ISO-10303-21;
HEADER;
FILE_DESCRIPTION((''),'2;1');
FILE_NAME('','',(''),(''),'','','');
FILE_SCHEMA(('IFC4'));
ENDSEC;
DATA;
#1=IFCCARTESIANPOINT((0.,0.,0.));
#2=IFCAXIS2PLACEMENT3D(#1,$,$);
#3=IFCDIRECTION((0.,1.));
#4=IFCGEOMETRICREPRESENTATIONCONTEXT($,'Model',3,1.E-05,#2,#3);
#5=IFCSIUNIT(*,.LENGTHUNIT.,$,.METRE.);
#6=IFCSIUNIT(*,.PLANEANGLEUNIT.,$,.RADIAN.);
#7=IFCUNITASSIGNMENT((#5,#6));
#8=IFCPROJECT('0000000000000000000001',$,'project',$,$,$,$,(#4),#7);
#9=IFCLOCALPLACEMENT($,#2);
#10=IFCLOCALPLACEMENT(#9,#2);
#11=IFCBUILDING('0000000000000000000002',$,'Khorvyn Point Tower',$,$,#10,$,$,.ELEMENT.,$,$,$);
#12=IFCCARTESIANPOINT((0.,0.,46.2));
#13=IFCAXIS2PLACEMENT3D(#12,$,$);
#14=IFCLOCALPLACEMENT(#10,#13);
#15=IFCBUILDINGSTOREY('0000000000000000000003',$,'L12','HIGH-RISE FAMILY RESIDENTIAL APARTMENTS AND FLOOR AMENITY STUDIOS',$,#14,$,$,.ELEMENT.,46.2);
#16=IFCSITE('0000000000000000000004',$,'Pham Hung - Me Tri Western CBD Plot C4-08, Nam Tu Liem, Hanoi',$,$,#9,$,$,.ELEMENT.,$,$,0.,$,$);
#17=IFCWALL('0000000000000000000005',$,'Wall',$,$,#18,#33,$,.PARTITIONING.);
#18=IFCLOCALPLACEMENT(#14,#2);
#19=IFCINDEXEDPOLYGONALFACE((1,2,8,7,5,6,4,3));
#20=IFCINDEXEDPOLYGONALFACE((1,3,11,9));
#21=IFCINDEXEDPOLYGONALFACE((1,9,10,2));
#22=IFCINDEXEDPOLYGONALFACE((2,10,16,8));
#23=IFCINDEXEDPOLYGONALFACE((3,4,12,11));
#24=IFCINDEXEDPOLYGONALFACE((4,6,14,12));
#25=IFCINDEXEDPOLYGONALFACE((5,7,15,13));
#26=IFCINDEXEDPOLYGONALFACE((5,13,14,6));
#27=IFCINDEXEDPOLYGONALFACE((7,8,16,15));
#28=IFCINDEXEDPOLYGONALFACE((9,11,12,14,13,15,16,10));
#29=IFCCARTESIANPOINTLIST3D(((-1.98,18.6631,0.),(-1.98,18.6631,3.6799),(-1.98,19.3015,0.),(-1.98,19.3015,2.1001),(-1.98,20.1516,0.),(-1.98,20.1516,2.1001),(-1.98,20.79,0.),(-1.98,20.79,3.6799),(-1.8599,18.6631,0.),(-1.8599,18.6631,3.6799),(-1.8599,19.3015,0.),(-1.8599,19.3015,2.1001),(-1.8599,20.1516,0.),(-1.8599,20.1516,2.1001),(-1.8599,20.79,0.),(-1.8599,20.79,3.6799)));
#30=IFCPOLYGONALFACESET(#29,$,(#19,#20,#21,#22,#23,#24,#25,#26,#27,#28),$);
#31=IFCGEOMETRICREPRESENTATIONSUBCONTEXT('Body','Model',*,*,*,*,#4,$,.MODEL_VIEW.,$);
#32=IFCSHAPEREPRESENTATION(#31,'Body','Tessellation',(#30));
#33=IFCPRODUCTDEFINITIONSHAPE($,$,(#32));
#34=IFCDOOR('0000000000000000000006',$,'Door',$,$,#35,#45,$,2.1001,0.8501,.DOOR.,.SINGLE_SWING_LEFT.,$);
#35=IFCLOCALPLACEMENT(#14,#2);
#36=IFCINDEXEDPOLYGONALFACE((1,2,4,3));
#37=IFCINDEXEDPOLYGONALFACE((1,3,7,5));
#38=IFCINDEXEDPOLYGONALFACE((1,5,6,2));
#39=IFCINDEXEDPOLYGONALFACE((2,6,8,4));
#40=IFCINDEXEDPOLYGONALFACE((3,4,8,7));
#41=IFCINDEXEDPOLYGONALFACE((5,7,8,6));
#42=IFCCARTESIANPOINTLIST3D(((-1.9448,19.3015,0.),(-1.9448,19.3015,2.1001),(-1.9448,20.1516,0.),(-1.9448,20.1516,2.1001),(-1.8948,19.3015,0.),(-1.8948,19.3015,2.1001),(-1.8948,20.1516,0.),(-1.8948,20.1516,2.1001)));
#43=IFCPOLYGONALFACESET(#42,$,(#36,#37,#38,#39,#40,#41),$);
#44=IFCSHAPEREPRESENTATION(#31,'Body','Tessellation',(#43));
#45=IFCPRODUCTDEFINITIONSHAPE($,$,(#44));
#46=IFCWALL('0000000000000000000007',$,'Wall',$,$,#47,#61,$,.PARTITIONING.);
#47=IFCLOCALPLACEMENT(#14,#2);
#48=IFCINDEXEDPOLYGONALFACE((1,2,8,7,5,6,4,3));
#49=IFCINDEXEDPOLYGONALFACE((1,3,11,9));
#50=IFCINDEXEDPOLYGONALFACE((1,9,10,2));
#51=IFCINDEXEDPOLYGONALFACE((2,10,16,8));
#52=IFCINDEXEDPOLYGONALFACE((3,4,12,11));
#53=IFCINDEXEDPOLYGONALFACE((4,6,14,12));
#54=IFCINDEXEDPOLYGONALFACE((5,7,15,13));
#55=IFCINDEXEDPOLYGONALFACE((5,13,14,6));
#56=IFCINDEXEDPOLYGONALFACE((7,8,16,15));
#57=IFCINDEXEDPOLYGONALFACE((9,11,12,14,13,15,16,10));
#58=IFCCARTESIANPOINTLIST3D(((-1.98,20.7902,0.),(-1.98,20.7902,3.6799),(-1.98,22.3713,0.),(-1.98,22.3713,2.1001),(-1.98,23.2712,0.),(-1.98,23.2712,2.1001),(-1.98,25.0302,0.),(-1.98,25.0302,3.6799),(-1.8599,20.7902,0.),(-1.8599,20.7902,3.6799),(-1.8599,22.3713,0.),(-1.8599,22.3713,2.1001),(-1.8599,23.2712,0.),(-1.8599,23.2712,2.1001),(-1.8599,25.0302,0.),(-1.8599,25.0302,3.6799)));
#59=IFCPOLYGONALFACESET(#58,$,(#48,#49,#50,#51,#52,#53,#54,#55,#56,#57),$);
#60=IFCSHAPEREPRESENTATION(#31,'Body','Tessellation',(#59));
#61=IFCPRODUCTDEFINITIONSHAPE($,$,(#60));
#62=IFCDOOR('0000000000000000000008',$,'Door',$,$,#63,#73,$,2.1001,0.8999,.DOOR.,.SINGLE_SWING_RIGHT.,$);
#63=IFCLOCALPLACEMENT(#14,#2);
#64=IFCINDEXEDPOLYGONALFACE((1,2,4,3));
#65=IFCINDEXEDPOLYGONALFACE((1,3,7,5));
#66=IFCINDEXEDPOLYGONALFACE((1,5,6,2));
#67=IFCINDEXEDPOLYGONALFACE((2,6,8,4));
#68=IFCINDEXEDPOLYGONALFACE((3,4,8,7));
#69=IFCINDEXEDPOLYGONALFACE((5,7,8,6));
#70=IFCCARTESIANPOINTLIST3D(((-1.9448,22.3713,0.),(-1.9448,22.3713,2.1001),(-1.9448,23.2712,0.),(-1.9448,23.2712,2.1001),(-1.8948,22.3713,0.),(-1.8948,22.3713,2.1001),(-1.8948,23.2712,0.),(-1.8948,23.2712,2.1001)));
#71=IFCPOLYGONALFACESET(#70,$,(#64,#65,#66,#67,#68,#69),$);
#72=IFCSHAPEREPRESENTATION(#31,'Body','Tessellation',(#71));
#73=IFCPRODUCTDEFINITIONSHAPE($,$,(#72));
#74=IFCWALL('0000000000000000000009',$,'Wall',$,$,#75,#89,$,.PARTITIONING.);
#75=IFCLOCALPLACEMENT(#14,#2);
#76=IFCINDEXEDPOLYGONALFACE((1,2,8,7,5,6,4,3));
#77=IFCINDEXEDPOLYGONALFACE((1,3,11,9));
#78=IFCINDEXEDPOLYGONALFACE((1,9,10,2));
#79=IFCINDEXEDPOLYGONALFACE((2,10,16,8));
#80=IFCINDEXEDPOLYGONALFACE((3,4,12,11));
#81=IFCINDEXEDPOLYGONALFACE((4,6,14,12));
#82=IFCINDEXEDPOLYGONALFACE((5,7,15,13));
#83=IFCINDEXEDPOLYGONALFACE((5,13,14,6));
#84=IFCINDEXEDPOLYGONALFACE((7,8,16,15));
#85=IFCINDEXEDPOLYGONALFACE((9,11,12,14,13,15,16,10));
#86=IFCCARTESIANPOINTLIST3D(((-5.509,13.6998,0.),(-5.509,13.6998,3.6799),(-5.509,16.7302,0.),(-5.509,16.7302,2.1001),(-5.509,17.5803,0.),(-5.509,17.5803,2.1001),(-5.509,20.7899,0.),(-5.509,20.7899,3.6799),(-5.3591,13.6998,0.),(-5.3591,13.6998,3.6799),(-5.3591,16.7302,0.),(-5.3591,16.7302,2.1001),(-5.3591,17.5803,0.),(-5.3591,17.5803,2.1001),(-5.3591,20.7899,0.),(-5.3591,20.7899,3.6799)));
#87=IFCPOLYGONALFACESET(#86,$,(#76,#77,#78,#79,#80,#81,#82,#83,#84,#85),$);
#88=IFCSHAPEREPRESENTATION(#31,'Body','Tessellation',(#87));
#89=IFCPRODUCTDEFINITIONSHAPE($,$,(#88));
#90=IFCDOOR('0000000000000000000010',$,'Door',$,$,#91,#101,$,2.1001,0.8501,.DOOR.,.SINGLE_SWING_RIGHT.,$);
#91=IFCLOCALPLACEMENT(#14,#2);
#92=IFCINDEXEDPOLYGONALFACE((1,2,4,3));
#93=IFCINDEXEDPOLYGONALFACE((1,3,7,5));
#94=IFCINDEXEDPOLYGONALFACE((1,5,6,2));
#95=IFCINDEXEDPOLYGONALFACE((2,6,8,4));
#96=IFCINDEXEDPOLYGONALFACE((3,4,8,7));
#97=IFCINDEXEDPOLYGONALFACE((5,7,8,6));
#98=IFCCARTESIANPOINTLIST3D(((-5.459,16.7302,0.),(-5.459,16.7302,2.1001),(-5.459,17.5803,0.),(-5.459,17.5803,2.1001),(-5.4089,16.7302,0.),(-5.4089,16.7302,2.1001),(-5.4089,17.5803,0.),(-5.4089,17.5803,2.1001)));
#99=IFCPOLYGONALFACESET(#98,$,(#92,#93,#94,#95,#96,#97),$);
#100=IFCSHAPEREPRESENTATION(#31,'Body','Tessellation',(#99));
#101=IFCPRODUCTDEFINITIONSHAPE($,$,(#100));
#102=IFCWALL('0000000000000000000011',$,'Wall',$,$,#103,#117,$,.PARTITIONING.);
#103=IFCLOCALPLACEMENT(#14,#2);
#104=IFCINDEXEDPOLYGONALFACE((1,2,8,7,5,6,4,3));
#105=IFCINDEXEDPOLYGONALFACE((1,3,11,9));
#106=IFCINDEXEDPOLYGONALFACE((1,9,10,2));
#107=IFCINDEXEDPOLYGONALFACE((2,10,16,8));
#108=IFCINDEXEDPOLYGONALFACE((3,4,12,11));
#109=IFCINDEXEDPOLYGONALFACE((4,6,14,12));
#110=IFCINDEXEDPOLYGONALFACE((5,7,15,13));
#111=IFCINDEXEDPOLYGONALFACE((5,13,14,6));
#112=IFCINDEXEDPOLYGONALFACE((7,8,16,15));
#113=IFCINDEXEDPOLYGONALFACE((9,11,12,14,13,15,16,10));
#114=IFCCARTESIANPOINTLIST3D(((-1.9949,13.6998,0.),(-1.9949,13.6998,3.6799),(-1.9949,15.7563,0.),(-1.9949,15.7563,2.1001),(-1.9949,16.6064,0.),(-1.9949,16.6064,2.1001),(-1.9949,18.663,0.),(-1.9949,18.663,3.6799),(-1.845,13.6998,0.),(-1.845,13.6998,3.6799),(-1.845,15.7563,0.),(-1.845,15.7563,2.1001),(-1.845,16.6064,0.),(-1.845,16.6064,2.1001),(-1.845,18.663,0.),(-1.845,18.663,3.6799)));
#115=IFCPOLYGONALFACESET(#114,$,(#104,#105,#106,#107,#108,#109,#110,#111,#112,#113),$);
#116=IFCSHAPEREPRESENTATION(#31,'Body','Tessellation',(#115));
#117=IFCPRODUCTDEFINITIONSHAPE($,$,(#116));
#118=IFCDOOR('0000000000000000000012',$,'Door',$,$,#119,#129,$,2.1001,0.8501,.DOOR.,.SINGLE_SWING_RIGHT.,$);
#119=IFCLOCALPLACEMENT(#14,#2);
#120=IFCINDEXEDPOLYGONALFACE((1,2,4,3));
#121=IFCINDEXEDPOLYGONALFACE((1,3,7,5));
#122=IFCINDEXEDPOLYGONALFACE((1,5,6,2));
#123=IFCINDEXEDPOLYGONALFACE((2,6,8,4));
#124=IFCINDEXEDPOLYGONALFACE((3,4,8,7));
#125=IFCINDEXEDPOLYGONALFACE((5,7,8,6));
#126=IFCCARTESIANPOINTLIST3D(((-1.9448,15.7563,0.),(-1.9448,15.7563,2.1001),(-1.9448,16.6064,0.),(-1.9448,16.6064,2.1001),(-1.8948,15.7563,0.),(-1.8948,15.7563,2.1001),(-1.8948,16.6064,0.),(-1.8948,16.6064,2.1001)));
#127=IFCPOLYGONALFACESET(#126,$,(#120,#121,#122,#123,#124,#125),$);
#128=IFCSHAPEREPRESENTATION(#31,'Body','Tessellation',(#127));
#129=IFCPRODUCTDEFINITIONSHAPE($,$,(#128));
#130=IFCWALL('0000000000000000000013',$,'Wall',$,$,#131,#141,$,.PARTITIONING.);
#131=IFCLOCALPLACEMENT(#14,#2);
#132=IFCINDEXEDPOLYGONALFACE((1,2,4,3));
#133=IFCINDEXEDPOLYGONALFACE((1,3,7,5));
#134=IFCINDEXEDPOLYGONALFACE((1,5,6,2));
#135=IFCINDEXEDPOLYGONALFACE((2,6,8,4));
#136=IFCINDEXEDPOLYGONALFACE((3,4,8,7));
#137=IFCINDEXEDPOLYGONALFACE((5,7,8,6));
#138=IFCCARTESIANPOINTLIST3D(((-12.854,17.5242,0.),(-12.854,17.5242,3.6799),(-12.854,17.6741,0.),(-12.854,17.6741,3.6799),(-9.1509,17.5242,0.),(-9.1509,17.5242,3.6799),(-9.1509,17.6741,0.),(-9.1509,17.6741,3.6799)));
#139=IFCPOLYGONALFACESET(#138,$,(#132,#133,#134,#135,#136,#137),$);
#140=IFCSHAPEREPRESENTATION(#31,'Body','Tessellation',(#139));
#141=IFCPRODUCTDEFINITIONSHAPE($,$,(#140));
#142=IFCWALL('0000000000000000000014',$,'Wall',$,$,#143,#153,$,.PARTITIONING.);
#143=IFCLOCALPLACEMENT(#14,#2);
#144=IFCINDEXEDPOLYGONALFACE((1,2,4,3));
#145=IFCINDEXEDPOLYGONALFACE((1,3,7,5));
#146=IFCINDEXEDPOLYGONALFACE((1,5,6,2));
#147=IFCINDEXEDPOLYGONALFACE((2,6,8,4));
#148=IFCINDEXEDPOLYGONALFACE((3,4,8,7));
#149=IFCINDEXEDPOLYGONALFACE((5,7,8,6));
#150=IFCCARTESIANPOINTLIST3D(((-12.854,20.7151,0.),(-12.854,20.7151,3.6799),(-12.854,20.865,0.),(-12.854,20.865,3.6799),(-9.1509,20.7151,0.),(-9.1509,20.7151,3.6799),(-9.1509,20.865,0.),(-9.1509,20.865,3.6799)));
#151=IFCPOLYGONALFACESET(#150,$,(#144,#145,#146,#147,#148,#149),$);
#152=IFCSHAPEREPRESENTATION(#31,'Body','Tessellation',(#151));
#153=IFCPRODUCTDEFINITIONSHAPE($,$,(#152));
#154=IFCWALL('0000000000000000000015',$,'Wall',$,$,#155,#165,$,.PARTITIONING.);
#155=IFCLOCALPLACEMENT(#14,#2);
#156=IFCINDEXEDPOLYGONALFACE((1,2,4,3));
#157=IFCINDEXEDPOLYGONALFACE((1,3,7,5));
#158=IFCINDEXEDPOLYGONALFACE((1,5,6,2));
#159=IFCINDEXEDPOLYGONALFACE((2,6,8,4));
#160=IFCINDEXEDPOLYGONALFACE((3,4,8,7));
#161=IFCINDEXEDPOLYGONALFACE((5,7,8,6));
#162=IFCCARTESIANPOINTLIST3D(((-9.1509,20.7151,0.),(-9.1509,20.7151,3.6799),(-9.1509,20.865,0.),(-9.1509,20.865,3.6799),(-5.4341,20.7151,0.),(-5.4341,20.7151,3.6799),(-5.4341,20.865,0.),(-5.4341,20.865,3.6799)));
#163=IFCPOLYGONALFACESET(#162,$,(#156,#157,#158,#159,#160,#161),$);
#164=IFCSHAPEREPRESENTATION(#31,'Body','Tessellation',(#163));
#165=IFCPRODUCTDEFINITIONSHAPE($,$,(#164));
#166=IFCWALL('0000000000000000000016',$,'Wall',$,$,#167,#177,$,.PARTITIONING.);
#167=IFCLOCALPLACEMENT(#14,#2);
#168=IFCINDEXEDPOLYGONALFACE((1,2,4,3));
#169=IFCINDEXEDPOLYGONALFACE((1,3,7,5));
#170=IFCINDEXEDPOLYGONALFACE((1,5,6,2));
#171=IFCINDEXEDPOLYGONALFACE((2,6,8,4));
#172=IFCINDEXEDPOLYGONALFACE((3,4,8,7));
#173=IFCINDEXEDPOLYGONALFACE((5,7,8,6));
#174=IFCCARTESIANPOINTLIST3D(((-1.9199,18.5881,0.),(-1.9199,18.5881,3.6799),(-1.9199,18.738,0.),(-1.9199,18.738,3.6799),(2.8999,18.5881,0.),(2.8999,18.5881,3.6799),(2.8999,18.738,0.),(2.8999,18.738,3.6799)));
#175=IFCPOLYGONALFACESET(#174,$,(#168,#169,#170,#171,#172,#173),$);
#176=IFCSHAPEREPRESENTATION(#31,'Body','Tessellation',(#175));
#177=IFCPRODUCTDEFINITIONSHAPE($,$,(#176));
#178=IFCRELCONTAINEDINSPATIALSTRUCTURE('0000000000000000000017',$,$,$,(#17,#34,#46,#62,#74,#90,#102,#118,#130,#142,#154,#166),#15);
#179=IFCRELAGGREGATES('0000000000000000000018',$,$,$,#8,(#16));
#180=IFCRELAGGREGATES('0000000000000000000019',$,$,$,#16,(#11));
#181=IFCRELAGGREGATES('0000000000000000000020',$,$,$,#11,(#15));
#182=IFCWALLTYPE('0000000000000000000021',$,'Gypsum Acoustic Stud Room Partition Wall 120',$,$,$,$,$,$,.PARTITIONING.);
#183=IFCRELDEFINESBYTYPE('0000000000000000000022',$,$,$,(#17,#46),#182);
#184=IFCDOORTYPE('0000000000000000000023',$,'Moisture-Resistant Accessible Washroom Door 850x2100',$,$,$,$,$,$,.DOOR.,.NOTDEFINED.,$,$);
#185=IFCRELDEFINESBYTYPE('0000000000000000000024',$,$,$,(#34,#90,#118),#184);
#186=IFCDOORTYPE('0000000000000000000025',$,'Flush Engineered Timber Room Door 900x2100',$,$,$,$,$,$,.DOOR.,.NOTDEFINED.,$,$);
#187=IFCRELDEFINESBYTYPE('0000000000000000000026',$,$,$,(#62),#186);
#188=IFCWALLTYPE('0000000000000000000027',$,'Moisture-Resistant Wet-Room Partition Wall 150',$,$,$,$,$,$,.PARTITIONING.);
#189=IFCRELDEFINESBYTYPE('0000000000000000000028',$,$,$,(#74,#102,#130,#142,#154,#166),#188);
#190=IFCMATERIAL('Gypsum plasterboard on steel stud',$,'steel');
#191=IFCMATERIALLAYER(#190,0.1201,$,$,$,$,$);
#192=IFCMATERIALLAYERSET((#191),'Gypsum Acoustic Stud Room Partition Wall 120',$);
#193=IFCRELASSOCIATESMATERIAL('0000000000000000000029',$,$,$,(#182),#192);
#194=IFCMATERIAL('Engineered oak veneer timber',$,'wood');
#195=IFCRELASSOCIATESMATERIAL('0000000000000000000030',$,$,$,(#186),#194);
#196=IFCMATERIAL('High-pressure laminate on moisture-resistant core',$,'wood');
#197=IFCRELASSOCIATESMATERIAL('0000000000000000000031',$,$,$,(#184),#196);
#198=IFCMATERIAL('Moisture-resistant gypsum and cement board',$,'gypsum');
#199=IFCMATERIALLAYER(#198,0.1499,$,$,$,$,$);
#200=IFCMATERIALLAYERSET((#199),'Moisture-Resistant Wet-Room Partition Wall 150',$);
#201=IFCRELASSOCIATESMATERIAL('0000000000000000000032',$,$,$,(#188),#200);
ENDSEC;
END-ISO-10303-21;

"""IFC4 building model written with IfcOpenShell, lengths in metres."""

from ifc_helpers import new_model, si_unit, direction, frame, frame_2d, origin, place, context, subcontext, project, spatial, rectangle, extrude, material, layer, layer_set, type_object, element, fill, save


model = new_model("IFC4")

# Units and contexts
model_context = context("Model", 3, precision=1e-05, world=origin(), true_north=direction((0.0, 1.0)))
body_context = subcontext(model_context, "Body", "Model", "MODEL_VIEW")
ifc_project = project(units=[si_unit("LENGTHUNIT", "METRE"), si_unit("PLANEANGLEUNIT", "RADIAN")], contexts=[model_context])

# Site, building, storey
site_placement = place(None, origin())
site = spatial("IfcSite", under=ifc_project, at=site_placement, Name="Pham Hung - Me Tri Western CBD Plot C4-08, Nam Tu Liem, Hanoi", CompositionType="ELEMENT", RefElevation=0.0)
building_placement = place(site_placement, origin())
building = spatial("IfcBuilding", under=site, at=building_placement, Name="Khorvyn Point Tower", CompositionType="ELEMENT")
storey_placement = place(building_placement, frame((0.0, 0.0, 46.2)))
storey = spatial("IfcBuildingStorey", under=building, at=storey_placement, Name="L12", Description="HIGH-RISE FAMILY RESIDENTIAL APARTMENTS AND FLOOR AMENITY STUDIOS", CompositionType="ELEMENT", Elevation=46.2)

# Walls, openings, doors
ifc_material_1 = material(Name="Gypsum plasterboard on steel stud", Category="steel")
ifc_layer_1 = layer(ifc_material_1, 0.1201)
ifc_layer_set_1 = layer_set([ifc_layer_1], Name="Gypsum Acoustic Stud Room Partition Wall 120")
wall_type_1 = type_object("IfcWallType", Name="Gypsum Acoustic Stud Room Partition Wall 120", PredefinedType="PARTITIONING", material=ifc_layer_set_1)
ifc_material_2 = material(Name="Engineered oak veneer timber", Category="wood")
door_type_1 = type_object("IfcDoorType", Name="Flush Engineered Timber Room Door 900x2100", OperationType="NOTDEFINED", PredefinedType="DOOR", material=ifc_material_2)
wall_1_placement = place(storey_placement, frame((-1.9199, 18.6631, 0.0), z_axis=(0.0, 0.0, 1.0), x_axis=(0.0, 1.0, 0.0)))
wall_1 = element("IfcWall", 1, at=wall_1_placement, inside=storey, type_object=wall_type_1, Name="Wall", PredefinedType="PARTITIONING", context=body_context, shape_type="SweptSolid", body=[
    extrude(rectangle(XDim=2.127, YDim=0.1201, at=frame_2d((1.0635, 0.0))), origin(), (0.0, 0.0, 1.0), 3.6799),
])
opening_1_placement = place(wall_1_placement, frame((0.6384, 0.0, 0.0)))
opening_1 = element("IfcOpeningElement", 2, at=opening_1_placement, cuts=wall_1, PredefinedType="OPENING", context=body_context, shape_type="SweptSolid", body=[
    extrude(rectangle(XDim=0.8501, YDim=2.1001, at=frame_2d((0.425, 1.05))), frame((0.0, 0.0701, 0.0), z_axis=(0.0, -1.0, 0.0), x_axis=(1.0, 0.0, 0.0)), (0.0, 0.0, 1.0), 0.1401),
])
ifc_material_3 = material(Name="High-pressure laminate on moisture-resistant core", Category="wood")
door_type_2 = type_object("IfcDoorType", Name="Moisture-Resistant Accessible Washroom Door 850x2100", OperationType="NOTDEFINED", PredefinedType="DOOR", material=ifc_material_3)
door_1_placement = place(opening_1_placement, origin())
door_1 = element("IfcDoor", 3, at=door_1_placement, inside=storey, type_object=door_type_2, Name="Door", OperationType="SINGLE_SWING_LEFT", OverallHeight=2.1001, OverallWidth=0.8501, PredefinedType="DOOR", context=body_context, shape_type="SweptSolid", body=[
    extrude(rectangle(XDim=0.8501, YDim=2.1001, at=frame_2d((0.425, 1.05))), frame((0.0, 0.0249, 0.0), z_axis=(0.0, -1.0, 0.0), x_axis=(1.0, 0.0, 0.0)), (0.0, 0.0, 1.0), 0.05),
])
fill(opening_1, door_1)
wall_2_placement = place(storey_placement, frame((-1.9199, 20.79, 0.0), z_axis=(0.0, 0.0, 1.0), x_axis=(0.0, 1.0, 0.0)))
wall_2 = element("IfcWall", 4, at=wall_2_placement, inside=storey, type_object=wall_type_1, Name="Wall", PredefinedType="PARTITIONING", context=body_context, shape_type="SweptSolid", body=[
    extrude(rectangle(XDim=4.24, YDim=0.1201, at=frame_2d((2.1201, 0.0))), origin(), (0.0, 0.0, 1.0), 3.6799),
])
opening_2_placement = place(wall_2_placement, frame((1.5813, 0.0, 0.0)))
opening_2 = element("IfcOpeningElement", 5, at=opening_2_placement, cuts=wall_2, PredefinedType="OPENING", context=body_context, shape_type="SweptSolid", body=[
    extrude(rectangle(XDim=0.8999, YDim=2.1001, at=frame_2d((0.45, 1.05))), frame((0.0, 0.0701, 0.0), z_axis=(0.0, -1.0, 0.0), x_axis=(1.0, 0.0, 0.0)), (0.0, 0.0, 1.0), 0.1401),
])
door_2_placement = place(opening_2_placement, origin())
door_2 = element("IfcDoor", 6, at=door_2_placement, inside=storey, type_object=door_type_1, Name="Door", OperationType="SINGLE_SWING_RIGHT", OverallHeight=2.1001, OverallWidth=0.8999, PredefinedType="DOOR", context=body_context, shape_type="SweptSolid", body=[
    extrude(rectangle(XDim=0.8999, YDim=2.1001, at=frame_2d((0.45, 1.05))), frame((0.0, 0.0249, 0.0), z_axis=(0.0, -1.0, 0.0), x_axis=(1.0, 0.0, 0.0)), (0.0, 0.0, 1.0), 0.05),
])
fill(opening_2, door_2)
ifc_material_4 = material(Name="Moisture-resistant gypsum and cement board", Category="gypsum")
ifc_layer_2 = layer(ifc_material_4, 0.1499)
ifc_layer_set_2 = layer_set([ifc_layer_2], Name="Moisture-Resistant Wet-Room Partition Wall 150")
wall_type_2 = type_object("IfcWallType", Name="Moisture-Resistant Wet-Room Partition Wall 150", PredefinedType="PARTITIONING", material=ifc_layer_set_2)
wall_3_placement = place(storey_placement, frame((-5.4341, 13.7, 0.0), z_axis=(0.0, 0.0, 1.0), x_axis=(0.0, 1.0, 0.0)))
wall_3 = element("IfcWall", 7, at=wall_3_placement, inside=storey, type_object=wall_type_2, Name="Wall", PredefinedType="PARTITIONING", context=body_context, shape_type="SweptSolid", body=[
    extrude(rectangle(XDim=7.0901, YDim=0.1499, at=frame_2d((3.5449, 0.0))), origin(), (0.0, 0.0, 1.0), 3.6799),
])
opening_3_placement = place(wall_3_placement, frame((3.0303, 0.0, 0.0)))
opening_3 = element("IfcOpeningElement", 8, at=opening_3_placement, cuts=wall_3, PredefinedType="OPENING", context=body_context, shape_type="SweptSolid", body=[
    extrude(rectangle(XDim=0.8501, YDim=2.1001, at=frame_2d((0.425, 1.05))), frame((0.0, 0.085, 0.0), z_axis=(0.0, -1.0, 0.0), x_axis=(1.0, 0.0, 0.0)), (0.0, 0.0, 1.0), 0.1699),
])
door_3_placement = place(opening_3_placement, origin())
door_3 = element("IfcDoor", 9, at=door_3_placement, inside=storey, type_object=door_type_2, Name="Door", OperationType="SINGLE_SWING_RIGHT", OverallHeight=2.1001, OverallWidth=0.8501, PredefinedType="DOOR", context=body_context, shape_type="SweptSolid", body=[
    extrude(rectangle(XDim=0.8501, YDim=2.1001, at=frame_2d((0.425, 1.05))), frame((0.0, 0.0249, 0.0), z_axis=(0.0, -1.0, 0.0), x_axis=(1.0, 0.0, 0.0)), (0.0, 0.0, 1.0), 0.05),
])
fill(opening_3, door_3)
wall_4_placement = place(storey_placement, frame((-1.9199, 13.7, 0.0), z_axis=(0.0, 0.0, 1.0), x_axis=(0.0, 1.0, 0.0)))
wall_4 = element("IfcWall", 10, at=wall_4_placement, inside=storey, type_object=wall_type_2, Name="Wall", PredefinedType="PARTITIONING", context=body_context, shape_type="SweptSolid", body=[
    extrude(rectangle(XDim=4.9631, YDim=0.1499, at=frame_2d((2.4814, 0.0))), origin(), (0.0, 0.0, 1.0), 3.6799),
])
opening_4_placement = place(wall_4_placement, frame((2.0564, 0.0, 0.0)))
opening_4 = element("IfcOpeningElement", 11, at=opening_4_placement, cuts=wall_4, PredefinedType="OPENING", context=body_context, shape_type="SweptSolid", body=[
    extrude(rectangle(XDim=0.8501, YDim=2.1001, at=frame_2d((0.425, 1.05))), frame((0.0, 0.085, 0.0), z_axis=(0.0, -1.0, 0.0), x_axis=(1.0, 0.0, 0.0)), (0.0, 0.0, 1.0), 0.1699),
])
door_4_placement = place(opening_4_placement, origin())
door_4 = element("IfcDoor", 12, at=door_4_placement, inside=storey, type_object=door_type_2, Name="Door", OperationType="SINGLE_SWING_RIGHT", OverallHeight=2.1001, OverallWidth=0.8501, PredefinedType="DOOR", context=body_context, shape_type="SweptSolid", body=[
    extrude(rectangle(XDim=0.8501, YDim=2.1001, at=frame_2d((0.425, 1.05))), frame((0.0, 0.0249, 0.0), z_axis=(0.0, -1.0, 0.0), x_axis=(1.0, 0.0, 0.0)), (0.0, 0.0, 1.0), 0.05),
])
fill(opening_4, door_4)

# Walls
for number, where, z_axis, x_axis, name in (
    (13, (-12.854, 17.5991, 0.0), (0.0, 0.0, 1.0), (1.0, 0.0, 0.0), "Wall"),
    (14, (-12.854, 20.79, 0.0), (0.0, 0.0, 1.0), (1.0, 0.0, 0.0), "Wall"),
):
    element("IfcWall", number, at=place(storey_placement, frame(where, z_axis=z_axis, x_axis=x_axis)), inside=storey, type_object=wall_type_2, Name=name, PredefinedType="PARTITIONING", context=body_context, shape_type="SweptSolid", body=[
        extrude(rectangle(XDim=3.7031, YDim=0.1499, at=frame_2d((1.8516, 0.0))), origin(), (0.0, 0.0, 1.0), 3.6799),
    ])
wall_5_placement = place(storey_placement, frame((-9.1509, 20.79, 0.0), z_axis=(0.0, 0.0, 1.0), x_axis=(1.0, 0.0, 0.0)))
element("IfcWall", 15, at=wall_5_placement, inside=storey, type_object=wall_type_2, Name="Wall", PredefinedType="PARTITIONING", context=body_context, shape_type="SweptSolid", body=[
    extrude(rectangle(XDim=3.7168, YDim=0.1499, at=frame_2d((1.8584, 0.0))), origin(), (0.0, 0.0, 1.0), 3.6799),
])
for number, where, z_axis, x_axis, name in (
    (16, (-1.9199, 18.6631, 0.0), (0.0, 0.0, 1.0), (1.0, 0.0, 0.0), "Wall"),
):
    element("IfcWall", number, at=place(storey_placement, frame(where, z_axis=z_axis, x_axis=x_axis)), inside=storey, type_object=wall_type_2, Name=name, PredefinedType="PARTITIONING", context=body_context, shape_type="SweptSolid", body=[
        extrude(rectangle(XDim=4.8198, YDim=0.1499, at=frame_2d((2.4099, 0.0))), origin(), (0.0, 0.0, 1.0), 3.6799),
    ])

save(model, "model.ifc")
